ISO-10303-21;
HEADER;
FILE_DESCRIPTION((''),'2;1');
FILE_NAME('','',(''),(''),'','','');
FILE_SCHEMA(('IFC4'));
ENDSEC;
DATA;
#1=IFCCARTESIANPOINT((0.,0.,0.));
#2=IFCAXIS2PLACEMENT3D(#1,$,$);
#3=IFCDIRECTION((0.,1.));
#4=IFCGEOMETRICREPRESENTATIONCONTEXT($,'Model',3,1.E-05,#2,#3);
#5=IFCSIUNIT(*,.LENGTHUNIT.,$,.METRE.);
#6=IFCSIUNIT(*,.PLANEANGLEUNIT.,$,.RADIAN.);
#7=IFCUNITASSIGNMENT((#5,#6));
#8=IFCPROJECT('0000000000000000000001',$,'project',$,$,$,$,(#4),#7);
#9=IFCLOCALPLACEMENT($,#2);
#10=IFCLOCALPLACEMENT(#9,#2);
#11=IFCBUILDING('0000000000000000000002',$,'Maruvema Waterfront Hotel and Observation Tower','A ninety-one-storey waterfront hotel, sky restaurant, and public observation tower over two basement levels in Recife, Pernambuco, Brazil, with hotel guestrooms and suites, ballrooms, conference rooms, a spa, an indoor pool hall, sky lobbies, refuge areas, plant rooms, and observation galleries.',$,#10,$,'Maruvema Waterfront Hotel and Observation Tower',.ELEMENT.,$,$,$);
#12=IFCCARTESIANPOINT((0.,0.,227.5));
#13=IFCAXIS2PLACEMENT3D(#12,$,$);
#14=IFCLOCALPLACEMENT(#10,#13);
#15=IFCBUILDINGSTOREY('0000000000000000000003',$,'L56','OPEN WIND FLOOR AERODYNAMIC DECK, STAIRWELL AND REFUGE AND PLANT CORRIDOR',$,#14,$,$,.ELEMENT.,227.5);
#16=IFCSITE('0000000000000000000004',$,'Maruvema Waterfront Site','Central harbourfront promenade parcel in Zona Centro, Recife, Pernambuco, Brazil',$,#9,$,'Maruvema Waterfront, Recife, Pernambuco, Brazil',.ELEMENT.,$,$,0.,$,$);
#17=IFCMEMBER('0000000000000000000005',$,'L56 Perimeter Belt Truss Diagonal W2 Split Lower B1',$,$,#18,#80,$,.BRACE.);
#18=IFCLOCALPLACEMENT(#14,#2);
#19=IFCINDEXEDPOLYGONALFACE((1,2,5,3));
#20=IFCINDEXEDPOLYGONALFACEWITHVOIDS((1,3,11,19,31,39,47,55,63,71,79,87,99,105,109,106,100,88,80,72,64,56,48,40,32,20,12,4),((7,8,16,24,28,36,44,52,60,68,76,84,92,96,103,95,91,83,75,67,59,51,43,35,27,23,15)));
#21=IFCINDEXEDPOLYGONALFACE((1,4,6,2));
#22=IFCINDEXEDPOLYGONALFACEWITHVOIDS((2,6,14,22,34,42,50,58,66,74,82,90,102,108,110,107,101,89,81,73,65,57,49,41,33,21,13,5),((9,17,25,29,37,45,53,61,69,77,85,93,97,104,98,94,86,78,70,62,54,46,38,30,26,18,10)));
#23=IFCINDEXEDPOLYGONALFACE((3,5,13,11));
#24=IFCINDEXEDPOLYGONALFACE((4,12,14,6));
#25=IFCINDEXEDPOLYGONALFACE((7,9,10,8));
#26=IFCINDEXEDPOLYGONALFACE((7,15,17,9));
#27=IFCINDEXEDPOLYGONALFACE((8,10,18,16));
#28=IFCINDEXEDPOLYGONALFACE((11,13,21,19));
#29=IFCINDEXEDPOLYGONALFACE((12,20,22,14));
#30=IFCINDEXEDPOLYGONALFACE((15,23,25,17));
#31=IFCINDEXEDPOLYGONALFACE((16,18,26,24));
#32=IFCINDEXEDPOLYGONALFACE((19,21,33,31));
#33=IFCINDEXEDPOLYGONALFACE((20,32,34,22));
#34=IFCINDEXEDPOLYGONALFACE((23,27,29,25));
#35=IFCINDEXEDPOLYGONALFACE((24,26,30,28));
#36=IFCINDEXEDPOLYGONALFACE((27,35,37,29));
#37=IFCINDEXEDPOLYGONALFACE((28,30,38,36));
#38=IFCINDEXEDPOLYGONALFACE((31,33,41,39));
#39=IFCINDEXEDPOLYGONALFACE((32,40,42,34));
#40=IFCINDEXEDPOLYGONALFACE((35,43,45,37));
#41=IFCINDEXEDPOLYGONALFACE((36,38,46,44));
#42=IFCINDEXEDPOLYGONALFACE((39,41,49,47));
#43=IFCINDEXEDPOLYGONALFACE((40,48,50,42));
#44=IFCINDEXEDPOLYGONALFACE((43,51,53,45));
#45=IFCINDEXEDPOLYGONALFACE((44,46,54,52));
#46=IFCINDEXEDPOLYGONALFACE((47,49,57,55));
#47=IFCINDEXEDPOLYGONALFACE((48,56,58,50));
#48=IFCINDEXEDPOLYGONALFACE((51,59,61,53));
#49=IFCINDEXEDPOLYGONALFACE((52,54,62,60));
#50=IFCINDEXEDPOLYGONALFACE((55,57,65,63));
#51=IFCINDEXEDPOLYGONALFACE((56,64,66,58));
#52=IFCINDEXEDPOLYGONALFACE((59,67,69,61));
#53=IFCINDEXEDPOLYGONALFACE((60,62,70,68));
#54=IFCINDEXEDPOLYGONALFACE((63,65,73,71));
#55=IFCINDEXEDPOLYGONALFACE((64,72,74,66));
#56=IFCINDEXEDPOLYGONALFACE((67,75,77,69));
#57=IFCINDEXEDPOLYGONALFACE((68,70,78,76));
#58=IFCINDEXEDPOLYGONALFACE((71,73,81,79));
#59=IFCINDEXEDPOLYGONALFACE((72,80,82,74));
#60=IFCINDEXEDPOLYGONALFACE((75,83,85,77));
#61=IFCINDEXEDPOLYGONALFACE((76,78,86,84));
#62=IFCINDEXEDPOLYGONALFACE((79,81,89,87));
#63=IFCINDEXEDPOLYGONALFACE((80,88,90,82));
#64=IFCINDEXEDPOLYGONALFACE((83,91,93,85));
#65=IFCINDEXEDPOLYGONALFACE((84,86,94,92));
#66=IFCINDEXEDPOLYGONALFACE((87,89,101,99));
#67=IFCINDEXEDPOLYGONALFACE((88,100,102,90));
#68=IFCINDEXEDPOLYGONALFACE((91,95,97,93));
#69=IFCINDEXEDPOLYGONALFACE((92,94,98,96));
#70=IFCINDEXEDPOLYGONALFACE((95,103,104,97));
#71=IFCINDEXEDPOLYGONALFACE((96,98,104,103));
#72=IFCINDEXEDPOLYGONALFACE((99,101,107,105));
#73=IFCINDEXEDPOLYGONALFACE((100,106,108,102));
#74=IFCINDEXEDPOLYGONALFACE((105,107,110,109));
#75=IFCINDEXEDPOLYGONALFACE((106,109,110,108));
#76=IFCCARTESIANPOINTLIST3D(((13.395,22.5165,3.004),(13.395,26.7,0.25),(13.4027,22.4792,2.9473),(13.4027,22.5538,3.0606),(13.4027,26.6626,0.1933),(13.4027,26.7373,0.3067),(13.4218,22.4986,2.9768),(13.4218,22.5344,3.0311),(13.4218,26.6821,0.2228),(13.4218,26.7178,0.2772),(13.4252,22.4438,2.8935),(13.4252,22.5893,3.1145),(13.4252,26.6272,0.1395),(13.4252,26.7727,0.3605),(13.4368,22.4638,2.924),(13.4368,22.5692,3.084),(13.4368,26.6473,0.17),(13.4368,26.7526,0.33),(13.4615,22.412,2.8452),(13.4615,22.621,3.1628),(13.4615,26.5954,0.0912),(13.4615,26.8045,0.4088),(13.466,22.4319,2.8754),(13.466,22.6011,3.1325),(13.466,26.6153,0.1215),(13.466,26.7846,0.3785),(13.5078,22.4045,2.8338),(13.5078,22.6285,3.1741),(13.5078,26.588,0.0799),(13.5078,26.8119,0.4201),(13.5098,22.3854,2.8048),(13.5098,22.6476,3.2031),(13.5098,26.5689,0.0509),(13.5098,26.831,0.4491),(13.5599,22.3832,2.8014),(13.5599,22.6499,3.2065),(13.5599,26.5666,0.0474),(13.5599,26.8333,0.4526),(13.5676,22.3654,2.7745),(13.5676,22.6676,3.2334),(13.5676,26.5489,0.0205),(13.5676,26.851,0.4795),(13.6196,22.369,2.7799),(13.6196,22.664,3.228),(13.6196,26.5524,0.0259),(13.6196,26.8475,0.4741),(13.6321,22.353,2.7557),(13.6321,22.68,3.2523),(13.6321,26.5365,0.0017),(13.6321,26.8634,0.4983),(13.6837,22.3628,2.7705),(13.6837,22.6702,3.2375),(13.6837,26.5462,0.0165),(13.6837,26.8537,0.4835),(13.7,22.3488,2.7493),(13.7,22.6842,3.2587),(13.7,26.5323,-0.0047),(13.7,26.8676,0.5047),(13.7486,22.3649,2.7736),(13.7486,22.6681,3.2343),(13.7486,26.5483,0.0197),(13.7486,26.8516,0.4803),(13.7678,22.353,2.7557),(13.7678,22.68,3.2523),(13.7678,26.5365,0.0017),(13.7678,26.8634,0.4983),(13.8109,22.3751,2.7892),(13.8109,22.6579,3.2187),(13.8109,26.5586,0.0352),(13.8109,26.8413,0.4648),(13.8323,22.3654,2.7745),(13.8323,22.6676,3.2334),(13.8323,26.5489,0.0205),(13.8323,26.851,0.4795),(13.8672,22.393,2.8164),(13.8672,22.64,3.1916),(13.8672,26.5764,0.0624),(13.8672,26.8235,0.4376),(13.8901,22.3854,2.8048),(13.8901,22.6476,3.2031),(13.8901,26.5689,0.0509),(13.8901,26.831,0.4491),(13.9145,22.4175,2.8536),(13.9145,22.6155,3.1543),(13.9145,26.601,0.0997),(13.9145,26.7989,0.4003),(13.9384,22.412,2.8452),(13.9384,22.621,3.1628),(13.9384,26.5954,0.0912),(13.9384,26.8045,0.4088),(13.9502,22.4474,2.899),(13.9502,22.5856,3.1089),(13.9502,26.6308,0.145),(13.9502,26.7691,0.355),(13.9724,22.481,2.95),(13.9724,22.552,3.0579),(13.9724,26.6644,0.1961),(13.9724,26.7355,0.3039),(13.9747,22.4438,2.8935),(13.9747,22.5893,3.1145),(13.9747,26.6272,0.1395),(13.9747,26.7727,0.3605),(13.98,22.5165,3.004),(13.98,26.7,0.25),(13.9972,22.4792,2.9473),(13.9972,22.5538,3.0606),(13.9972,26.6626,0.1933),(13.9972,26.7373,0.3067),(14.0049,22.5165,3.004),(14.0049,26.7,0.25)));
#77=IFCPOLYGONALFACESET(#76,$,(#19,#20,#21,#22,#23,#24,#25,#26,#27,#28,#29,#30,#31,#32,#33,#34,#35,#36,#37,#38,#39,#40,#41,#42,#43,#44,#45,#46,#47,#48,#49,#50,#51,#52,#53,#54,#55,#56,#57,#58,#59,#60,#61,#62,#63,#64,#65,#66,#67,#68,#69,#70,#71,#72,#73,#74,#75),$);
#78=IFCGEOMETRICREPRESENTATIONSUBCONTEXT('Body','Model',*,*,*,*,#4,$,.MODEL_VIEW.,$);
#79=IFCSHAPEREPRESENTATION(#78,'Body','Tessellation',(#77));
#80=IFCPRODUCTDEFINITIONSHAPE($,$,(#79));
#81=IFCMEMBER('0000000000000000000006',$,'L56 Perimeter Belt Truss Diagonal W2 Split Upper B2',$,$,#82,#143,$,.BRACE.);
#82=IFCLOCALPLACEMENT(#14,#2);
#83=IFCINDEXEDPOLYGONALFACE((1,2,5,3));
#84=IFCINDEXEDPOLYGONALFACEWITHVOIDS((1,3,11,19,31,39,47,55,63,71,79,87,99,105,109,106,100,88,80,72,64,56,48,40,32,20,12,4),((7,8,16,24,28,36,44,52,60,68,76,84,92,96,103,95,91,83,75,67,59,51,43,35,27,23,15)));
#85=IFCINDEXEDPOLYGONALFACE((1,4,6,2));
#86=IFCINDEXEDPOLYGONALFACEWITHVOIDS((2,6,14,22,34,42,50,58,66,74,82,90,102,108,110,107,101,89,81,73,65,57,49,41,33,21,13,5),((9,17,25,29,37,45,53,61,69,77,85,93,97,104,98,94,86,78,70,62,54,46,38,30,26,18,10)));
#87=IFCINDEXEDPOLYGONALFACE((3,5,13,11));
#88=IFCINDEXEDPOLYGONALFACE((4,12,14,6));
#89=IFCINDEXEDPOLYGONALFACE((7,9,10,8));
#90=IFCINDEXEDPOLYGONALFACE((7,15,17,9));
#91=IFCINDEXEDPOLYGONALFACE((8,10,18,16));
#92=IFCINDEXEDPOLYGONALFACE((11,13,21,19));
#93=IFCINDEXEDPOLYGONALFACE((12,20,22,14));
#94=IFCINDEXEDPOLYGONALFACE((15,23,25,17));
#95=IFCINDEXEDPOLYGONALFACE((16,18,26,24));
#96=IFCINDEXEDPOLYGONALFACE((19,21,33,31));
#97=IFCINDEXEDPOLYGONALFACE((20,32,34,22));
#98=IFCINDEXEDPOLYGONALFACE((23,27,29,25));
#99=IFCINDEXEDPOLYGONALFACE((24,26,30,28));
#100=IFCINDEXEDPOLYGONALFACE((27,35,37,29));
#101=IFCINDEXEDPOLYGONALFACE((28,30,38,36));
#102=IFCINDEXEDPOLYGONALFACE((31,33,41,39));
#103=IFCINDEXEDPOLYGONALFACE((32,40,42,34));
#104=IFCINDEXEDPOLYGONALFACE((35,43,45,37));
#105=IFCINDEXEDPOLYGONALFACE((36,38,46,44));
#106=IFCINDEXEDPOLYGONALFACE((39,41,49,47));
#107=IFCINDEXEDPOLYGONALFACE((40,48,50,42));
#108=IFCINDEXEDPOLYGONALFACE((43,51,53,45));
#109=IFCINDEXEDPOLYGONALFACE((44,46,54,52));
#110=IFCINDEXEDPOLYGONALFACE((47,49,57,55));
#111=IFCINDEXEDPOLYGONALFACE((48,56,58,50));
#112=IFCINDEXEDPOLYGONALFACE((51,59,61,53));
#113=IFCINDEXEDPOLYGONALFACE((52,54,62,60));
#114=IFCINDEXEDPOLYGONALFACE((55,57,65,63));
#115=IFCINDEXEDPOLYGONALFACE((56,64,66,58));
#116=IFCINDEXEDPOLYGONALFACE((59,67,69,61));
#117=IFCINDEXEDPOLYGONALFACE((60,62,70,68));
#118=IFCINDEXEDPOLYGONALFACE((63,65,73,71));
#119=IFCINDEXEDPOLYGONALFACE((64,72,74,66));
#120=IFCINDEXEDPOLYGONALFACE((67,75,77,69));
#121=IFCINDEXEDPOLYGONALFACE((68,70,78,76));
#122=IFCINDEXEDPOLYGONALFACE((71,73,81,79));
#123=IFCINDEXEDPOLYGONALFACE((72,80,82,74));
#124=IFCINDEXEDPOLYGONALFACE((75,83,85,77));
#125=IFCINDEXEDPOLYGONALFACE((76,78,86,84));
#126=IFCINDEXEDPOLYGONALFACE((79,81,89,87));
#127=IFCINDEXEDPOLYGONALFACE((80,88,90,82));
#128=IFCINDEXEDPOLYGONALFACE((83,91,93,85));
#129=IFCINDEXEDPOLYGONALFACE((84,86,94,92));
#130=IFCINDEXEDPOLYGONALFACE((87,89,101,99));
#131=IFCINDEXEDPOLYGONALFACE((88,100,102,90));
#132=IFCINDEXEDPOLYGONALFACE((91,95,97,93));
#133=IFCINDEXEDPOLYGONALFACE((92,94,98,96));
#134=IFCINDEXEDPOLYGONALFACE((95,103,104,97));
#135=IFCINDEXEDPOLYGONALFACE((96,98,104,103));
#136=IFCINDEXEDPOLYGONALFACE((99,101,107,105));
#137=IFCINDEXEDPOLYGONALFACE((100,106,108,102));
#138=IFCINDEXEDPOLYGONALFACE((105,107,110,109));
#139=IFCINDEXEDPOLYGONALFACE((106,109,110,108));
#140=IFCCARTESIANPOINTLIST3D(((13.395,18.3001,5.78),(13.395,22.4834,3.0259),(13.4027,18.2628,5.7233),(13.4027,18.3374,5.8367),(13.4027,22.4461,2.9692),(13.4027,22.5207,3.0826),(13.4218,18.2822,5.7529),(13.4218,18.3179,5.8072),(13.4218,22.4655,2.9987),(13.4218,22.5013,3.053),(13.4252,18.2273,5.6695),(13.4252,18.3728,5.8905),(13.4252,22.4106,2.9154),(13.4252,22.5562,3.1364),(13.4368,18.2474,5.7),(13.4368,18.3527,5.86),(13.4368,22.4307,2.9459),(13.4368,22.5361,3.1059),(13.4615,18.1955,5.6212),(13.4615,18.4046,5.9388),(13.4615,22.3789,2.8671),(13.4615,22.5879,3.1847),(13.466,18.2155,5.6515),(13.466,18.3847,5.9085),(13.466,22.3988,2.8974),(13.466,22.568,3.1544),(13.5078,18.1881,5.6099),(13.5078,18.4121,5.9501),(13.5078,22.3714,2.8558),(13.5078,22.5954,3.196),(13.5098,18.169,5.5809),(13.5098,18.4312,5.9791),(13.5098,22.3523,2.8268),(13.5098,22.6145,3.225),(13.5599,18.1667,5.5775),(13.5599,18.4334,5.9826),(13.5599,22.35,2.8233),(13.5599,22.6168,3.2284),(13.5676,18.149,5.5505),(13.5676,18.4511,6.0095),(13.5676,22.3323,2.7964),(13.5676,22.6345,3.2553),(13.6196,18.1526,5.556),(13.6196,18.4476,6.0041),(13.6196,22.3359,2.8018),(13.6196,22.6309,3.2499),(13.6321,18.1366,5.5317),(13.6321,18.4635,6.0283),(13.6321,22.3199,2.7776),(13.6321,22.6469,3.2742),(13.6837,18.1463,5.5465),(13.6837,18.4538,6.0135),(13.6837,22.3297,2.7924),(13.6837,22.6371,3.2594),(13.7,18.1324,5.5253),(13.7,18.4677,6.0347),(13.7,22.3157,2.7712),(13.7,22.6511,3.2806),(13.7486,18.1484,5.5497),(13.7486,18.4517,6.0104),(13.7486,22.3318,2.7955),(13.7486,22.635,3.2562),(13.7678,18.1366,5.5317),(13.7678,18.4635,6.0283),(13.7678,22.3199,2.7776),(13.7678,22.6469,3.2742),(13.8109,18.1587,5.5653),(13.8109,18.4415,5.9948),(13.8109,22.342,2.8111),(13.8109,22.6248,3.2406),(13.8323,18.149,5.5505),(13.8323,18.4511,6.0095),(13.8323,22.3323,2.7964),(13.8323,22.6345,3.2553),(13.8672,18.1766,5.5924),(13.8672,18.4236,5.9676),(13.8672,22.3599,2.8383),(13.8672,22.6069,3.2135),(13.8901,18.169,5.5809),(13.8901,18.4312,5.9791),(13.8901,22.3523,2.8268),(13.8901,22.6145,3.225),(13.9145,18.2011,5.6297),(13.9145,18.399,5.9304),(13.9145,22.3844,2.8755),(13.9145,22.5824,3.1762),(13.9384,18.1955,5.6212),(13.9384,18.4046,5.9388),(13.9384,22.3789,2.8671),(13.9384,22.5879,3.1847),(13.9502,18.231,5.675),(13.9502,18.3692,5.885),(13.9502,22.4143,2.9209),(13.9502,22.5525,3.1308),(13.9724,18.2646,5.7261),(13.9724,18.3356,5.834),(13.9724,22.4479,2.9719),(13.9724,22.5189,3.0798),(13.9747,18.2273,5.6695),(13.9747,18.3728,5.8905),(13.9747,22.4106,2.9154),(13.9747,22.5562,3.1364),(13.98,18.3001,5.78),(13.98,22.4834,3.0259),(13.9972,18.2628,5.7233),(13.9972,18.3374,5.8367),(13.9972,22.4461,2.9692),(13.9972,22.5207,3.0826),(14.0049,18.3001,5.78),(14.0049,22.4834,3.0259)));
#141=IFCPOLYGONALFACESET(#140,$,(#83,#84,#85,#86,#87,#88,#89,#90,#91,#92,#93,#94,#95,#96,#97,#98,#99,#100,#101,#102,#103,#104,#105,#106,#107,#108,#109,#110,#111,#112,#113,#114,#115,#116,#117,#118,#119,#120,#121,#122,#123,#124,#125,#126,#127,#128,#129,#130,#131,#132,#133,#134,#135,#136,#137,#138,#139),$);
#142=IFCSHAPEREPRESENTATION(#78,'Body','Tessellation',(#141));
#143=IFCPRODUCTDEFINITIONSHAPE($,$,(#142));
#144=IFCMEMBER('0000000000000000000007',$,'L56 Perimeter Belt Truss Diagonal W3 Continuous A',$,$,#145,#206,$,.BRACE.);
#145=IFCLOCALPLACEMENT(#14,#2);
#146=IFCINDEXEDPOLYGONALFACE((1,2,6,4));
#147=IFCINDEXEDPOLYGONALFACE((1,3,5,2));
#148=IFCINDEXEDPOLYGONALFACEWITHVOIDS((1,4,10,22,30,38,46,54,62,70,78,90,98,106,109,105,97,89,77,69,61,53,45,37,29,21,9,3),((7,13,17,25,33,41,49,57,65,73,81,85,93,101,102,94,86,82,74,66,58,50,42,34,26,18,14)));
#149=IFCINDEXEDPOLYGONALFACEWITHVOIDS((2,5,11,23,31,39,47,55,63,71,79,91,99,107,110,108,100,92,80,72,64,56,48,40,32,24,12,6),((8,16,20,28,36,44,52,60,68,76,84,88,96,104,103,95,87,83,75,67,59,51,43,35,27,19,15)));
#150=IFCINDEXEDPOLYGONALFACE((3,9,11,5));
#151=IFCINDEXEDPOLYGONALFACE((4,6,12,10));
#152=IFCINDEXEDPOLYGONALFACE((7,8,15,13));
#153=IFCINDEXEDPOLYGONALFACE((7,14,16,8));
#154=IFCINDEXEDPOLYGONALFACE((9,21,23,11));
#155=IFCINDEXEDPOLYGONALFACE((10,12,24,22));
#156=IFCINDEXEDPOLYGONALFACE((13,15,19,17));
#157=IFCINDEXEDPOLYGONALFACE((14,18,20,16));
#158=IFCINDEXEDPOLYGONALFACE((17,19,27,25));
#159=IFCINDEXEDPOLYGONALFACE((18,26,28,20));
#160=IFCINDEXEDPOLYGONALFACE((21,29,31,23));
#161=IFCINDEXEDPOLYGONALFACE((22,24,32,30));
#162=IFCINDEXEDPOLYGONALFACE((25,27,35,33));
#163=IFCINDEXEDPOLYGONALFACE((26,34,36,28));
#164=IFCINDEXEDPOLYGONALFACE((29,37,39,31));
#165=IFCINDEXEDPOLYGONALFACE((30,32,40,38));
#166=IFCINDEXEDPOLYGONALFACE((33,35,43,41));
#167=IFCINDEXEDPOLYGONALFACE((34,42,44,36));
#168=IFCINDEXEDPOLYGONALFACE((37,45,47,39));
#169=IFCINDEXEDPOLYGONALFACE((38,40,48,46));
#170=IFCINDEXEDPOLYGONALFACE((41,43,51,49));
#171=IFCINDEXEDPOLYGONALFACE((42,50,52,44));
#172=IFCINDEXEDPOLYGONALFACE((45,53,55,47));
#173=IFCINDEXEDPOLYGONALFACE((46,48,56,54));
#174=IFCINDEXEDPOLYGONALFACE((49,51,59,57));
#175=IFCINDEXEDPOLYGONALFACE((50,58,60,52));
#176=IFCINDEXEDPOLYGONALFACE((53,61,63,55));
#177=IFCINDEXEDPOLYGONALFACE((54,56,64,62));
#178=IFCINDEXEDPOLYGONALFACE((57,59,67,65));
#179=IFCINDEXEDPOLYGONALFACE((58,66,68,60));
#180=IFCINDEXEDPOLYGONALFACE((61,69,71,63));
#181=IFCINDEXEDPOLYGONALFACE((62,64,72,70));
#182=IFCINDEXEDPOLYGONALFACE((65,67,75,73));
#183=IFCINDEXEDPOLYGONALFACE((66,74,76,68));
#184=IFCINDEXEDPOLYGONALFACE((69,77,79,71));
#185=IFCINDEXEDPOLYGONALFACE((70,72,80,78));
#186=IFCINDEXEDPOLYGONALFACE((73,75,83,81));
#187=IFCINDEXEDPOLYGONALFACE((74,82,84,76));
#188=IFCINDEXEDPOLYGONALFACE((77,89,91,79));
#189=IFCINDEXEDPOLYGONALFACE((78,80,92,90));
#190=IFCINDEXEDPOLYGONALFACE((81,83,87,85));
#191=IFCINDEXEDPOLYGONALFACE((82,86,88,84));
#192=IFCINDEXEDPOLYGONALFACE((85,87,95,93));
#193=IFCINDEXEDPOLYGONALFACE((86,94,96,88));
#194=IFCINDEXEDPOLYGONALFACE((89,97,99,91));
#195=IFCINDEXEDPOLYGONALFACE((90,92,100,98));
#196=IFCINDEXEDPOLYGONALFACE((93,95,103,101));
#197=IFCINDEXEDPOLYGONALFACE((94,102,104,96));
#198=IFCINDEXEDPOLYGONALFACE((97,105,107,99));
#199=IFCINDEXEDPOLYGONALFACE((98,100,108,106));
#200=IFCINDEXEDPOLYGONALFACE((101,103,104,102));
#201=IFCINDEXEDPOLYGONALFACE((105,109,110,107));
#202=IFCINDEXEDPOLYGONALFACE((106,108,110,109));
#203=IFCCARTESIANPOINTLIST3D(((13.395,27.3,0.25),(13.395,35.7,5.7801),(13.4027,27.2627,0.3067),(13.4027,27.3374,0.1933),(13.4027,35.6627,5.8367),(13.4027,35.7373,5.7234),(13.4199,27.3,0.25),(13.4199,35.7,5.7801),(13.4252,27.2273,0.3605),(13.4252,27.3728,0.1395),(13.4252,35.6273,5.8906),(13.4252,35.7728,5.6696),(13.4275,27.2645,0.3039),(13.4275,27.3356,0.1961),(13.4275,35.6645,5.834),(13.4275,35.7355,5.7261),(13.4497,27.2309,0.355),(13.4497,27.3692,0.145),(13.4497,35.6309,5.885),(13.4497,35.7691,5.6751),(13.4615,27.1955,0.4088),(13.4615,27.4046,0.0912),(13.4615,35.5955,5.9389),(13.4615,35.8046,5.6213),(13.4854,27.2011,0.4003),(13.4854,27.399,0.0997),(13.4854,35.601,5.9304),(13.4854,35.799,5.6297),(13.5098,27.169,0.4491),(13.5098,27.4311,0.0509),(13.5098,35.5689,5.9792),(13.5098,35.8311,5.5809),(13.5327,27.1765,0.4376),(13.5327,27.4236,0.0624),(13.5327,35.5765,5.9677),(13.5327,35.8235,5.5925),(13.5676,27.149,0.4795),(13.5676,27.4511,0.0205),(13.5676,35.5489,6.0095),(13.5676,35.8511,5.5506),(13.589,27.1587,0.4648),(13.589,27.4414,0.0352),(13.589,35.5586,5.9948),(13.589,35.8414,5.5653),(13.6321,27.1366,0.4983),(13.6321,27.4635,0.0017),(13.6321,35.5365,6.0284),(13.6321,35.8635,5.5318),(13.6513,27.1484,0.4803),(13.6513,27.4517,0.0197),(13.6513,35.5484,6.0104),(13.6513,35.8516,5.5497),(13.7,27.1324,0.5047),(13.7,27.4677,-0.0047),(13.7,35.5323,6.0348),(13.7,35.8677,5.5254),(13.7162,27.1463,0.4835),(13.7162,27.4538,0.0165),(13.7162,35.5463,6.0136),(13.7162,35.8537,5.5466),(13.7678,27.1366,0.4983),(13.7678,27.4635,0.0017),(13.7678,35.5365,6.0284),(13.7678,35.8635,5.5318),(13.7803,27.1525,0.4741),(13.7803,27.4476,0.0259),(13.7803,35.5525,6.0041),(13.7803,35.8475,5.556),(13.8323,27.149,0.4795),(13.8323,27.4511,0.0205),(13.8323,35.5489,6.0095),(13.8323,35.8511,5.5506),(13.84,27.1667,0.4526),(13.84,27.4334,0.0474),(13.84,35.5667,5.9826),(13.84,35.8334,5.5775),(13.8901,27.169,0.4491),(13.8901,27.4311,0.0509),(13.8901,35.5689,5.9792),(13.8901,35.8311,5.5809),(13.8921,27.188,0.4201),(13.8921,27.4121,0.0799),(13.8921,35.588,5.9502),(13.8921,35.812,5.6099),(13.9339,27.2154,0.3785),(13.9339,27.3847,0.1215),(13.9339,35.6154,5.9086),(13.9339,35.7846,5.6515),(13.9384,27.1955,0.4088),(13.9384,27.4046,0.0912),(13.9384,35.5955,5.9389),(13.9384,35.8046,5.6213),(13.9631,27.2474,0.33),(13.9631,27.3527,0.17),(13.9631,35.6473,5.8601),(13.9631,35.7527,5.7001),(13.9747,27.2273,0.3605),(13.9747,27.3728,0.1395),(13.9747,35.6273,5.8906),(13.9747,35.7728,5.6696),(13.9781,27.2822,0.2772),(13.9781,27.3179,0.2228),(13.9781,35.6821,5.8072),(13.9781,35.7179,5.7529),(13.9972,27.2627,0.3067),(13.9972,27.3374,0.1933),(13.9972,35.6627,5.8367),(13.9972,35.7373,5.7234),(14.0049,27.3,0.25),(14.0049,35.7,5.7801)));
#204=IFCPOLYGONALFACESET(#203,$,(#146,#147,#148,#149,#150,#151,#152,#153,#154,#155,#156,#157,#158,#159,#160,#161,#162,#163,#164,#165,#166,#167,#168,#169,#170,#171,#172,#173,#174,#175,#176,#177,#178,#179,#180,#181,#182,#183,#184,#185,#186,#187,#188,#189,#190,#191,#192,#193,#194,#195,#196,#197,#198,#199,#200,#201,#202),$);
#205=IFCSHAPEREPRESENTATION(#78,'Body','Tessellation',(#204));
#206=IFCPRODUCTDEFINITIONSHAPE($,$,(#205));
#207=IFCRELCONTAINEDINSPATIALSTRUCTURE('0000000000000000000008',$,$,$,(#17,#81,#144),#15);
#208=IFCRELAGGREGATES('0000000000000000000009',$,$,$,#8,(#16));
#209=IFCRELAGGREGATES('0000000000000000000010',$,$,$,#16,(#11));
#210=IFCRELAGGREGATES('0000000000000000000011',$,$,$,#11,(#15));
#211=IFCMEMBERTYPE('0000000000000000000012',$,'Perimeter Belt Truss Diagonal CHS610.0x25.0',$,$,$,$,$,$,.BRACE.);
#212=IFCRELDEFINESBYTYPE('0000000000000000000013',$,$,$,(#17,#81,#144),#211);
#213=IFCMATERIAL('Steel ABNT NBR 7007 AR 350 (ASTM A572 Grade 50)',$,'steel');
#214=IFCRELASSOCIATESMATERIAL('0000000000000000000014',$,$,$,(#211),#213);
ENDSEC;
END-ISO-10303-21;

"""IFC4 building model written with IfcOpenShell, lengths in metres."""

from ifc_helpers import new_model, si_unit, direction, frame, origin, origin_2d, place, context, subcontext, project, spatial, hollow_circle, extrude, material, material_profile, profile_set, type_object, element, save


model = new_model("IFC4")

# Units and contexts
model_context = context("Model", 3, precision=1e-05, world=origin(), true_north=direction((0.0, 1.0)))
body_context = subcontext(model_context, "Body", "Model", "MODEL_VIEW")
ifc_project = project(units=[si_unit("LENGTHUNIT", "METRE"), si_unit("PLANEANGLEUNIT", "RADIAN")], contexts=[model_context])

# Site, building, storey
site_placement = place(None, origin())
site = spatial("IfcSite", under=ifc_project, at=site_placement, Name="Maruvema Waterfront Site", Description="Central harbourfront promenade parcel in Zona Centro, Recife, Pernambuco, Brazil", LongName="Maruvema Waterfront, Recife, Pernambuco, Brazil", CompositionType="ELEMENT", RefElevation=0.0)
building_placement = place(site_placement, origin())
building = spatial("IfcBuilding", under=site, at=building_placement, Name="Maruvema Waterfront Hotel and Observation Tower", Description="A ninety-one-storey waterfront hotel, sky restaurant, and public observation tower over two basement levels in Recife, Pernambuco, Brazil, with hotel guestrooms and suites, ballrooms, conference rooms, a spa, an indoor pool hall, sky lobbies, refuge areas, plant rooms, and observation galleries.", LongName="Maruvema Waterfront Hotel and Observation Tower", CompositionType="ELEMENT")
storey_placement = place(building_placement, frame((0.0, 0.0, 227.5)))
storey = spatial("IfcBuildingStorey", under=building, at=storey_placement, Name="L56", Description="OPEN WIND FLOOR AERODYNAMIC DECK, STAIRWELL AND REFUGE AND PLANT CORRIDOR", CompositionType="ELEMENT", Elevation=227.5)

# Members
ifc_material_1 = material(Name="Steel ABNT NBR 7007 AR 350 (ASTM A572 Grade 50)", Category="steel")
ifc_material_profile_1 = material_profile(ifc_material_1, hollow_circle(Radius=0.3049, WallThickness=0.0249, at=origin_2d()), Name="CHS610.0x25.0")
ifc_profile_set_1 = profile_set([ifc_material_profile_1], Name="Steel ABNT NBR 7007 AR 350 (ASTM A572 Grade 50)")
member_type_1 = type_object("IfcMemberType", Name="Perimeter Belt Truss Diagonal CHS610.0x25.0", PredefinedType="BRACE", material=ifc_profile_set_1)
for number, where, z_axis, x_axis, name in (
    (1, (13.7, 26.7, 0.25), (0.0, -0.835261, 0.549854), (1.0, 0.0, 0.0), "L56 Perimeter Belt Truss Diagonal W2 Split Lower B1"),
    (2, (13.7, 22.4834, 3.0259), (0.0, -0.835239, 0.549888), (1.0, 0.0, 0.0), "L56 Perimeter Belt Truss Diagonal W2 Split Upper B2"),
):
    element("IfcMember", number, at=place(storey_placement, frame(where, z_axis=z_axis, x_axis=x_axis)), inside=storey, type_object=member_type_1, Name=name, PredefinedType="BRACE", context=body_context, shape_type="SweptSolid", body=[
        extrude(hollow_circle(Radius=0.3049, WallThickness=0.0249, at=origin_2d()), origin(), (0.0, 0.0, 1.0), 5.0085),
    ])
member_1_placement = place(storey_placement, frame((13.7, 27.3, 0.25), z_axis=(0.0, 0.835245, 0.549879), x_axis=(-1.0, 0.0, 0.0)))
element("IfcMember", 3, at=member_1_placement, inside=storey, type_object=member_type_1, Name="L56 Perimeter Belt Truss Diagonal W3 Continuous A", PredefinedType="BRACE", context=body_context, shape_type="SweptSolid", body=[
    extrude(hollow_circle(Radius=0.3049, WallThickness=0.0249, at=origin_2d()), origin(), (0.0, 0.0, 1.0), 10.0569),
])

save(model, "model.ifc")
